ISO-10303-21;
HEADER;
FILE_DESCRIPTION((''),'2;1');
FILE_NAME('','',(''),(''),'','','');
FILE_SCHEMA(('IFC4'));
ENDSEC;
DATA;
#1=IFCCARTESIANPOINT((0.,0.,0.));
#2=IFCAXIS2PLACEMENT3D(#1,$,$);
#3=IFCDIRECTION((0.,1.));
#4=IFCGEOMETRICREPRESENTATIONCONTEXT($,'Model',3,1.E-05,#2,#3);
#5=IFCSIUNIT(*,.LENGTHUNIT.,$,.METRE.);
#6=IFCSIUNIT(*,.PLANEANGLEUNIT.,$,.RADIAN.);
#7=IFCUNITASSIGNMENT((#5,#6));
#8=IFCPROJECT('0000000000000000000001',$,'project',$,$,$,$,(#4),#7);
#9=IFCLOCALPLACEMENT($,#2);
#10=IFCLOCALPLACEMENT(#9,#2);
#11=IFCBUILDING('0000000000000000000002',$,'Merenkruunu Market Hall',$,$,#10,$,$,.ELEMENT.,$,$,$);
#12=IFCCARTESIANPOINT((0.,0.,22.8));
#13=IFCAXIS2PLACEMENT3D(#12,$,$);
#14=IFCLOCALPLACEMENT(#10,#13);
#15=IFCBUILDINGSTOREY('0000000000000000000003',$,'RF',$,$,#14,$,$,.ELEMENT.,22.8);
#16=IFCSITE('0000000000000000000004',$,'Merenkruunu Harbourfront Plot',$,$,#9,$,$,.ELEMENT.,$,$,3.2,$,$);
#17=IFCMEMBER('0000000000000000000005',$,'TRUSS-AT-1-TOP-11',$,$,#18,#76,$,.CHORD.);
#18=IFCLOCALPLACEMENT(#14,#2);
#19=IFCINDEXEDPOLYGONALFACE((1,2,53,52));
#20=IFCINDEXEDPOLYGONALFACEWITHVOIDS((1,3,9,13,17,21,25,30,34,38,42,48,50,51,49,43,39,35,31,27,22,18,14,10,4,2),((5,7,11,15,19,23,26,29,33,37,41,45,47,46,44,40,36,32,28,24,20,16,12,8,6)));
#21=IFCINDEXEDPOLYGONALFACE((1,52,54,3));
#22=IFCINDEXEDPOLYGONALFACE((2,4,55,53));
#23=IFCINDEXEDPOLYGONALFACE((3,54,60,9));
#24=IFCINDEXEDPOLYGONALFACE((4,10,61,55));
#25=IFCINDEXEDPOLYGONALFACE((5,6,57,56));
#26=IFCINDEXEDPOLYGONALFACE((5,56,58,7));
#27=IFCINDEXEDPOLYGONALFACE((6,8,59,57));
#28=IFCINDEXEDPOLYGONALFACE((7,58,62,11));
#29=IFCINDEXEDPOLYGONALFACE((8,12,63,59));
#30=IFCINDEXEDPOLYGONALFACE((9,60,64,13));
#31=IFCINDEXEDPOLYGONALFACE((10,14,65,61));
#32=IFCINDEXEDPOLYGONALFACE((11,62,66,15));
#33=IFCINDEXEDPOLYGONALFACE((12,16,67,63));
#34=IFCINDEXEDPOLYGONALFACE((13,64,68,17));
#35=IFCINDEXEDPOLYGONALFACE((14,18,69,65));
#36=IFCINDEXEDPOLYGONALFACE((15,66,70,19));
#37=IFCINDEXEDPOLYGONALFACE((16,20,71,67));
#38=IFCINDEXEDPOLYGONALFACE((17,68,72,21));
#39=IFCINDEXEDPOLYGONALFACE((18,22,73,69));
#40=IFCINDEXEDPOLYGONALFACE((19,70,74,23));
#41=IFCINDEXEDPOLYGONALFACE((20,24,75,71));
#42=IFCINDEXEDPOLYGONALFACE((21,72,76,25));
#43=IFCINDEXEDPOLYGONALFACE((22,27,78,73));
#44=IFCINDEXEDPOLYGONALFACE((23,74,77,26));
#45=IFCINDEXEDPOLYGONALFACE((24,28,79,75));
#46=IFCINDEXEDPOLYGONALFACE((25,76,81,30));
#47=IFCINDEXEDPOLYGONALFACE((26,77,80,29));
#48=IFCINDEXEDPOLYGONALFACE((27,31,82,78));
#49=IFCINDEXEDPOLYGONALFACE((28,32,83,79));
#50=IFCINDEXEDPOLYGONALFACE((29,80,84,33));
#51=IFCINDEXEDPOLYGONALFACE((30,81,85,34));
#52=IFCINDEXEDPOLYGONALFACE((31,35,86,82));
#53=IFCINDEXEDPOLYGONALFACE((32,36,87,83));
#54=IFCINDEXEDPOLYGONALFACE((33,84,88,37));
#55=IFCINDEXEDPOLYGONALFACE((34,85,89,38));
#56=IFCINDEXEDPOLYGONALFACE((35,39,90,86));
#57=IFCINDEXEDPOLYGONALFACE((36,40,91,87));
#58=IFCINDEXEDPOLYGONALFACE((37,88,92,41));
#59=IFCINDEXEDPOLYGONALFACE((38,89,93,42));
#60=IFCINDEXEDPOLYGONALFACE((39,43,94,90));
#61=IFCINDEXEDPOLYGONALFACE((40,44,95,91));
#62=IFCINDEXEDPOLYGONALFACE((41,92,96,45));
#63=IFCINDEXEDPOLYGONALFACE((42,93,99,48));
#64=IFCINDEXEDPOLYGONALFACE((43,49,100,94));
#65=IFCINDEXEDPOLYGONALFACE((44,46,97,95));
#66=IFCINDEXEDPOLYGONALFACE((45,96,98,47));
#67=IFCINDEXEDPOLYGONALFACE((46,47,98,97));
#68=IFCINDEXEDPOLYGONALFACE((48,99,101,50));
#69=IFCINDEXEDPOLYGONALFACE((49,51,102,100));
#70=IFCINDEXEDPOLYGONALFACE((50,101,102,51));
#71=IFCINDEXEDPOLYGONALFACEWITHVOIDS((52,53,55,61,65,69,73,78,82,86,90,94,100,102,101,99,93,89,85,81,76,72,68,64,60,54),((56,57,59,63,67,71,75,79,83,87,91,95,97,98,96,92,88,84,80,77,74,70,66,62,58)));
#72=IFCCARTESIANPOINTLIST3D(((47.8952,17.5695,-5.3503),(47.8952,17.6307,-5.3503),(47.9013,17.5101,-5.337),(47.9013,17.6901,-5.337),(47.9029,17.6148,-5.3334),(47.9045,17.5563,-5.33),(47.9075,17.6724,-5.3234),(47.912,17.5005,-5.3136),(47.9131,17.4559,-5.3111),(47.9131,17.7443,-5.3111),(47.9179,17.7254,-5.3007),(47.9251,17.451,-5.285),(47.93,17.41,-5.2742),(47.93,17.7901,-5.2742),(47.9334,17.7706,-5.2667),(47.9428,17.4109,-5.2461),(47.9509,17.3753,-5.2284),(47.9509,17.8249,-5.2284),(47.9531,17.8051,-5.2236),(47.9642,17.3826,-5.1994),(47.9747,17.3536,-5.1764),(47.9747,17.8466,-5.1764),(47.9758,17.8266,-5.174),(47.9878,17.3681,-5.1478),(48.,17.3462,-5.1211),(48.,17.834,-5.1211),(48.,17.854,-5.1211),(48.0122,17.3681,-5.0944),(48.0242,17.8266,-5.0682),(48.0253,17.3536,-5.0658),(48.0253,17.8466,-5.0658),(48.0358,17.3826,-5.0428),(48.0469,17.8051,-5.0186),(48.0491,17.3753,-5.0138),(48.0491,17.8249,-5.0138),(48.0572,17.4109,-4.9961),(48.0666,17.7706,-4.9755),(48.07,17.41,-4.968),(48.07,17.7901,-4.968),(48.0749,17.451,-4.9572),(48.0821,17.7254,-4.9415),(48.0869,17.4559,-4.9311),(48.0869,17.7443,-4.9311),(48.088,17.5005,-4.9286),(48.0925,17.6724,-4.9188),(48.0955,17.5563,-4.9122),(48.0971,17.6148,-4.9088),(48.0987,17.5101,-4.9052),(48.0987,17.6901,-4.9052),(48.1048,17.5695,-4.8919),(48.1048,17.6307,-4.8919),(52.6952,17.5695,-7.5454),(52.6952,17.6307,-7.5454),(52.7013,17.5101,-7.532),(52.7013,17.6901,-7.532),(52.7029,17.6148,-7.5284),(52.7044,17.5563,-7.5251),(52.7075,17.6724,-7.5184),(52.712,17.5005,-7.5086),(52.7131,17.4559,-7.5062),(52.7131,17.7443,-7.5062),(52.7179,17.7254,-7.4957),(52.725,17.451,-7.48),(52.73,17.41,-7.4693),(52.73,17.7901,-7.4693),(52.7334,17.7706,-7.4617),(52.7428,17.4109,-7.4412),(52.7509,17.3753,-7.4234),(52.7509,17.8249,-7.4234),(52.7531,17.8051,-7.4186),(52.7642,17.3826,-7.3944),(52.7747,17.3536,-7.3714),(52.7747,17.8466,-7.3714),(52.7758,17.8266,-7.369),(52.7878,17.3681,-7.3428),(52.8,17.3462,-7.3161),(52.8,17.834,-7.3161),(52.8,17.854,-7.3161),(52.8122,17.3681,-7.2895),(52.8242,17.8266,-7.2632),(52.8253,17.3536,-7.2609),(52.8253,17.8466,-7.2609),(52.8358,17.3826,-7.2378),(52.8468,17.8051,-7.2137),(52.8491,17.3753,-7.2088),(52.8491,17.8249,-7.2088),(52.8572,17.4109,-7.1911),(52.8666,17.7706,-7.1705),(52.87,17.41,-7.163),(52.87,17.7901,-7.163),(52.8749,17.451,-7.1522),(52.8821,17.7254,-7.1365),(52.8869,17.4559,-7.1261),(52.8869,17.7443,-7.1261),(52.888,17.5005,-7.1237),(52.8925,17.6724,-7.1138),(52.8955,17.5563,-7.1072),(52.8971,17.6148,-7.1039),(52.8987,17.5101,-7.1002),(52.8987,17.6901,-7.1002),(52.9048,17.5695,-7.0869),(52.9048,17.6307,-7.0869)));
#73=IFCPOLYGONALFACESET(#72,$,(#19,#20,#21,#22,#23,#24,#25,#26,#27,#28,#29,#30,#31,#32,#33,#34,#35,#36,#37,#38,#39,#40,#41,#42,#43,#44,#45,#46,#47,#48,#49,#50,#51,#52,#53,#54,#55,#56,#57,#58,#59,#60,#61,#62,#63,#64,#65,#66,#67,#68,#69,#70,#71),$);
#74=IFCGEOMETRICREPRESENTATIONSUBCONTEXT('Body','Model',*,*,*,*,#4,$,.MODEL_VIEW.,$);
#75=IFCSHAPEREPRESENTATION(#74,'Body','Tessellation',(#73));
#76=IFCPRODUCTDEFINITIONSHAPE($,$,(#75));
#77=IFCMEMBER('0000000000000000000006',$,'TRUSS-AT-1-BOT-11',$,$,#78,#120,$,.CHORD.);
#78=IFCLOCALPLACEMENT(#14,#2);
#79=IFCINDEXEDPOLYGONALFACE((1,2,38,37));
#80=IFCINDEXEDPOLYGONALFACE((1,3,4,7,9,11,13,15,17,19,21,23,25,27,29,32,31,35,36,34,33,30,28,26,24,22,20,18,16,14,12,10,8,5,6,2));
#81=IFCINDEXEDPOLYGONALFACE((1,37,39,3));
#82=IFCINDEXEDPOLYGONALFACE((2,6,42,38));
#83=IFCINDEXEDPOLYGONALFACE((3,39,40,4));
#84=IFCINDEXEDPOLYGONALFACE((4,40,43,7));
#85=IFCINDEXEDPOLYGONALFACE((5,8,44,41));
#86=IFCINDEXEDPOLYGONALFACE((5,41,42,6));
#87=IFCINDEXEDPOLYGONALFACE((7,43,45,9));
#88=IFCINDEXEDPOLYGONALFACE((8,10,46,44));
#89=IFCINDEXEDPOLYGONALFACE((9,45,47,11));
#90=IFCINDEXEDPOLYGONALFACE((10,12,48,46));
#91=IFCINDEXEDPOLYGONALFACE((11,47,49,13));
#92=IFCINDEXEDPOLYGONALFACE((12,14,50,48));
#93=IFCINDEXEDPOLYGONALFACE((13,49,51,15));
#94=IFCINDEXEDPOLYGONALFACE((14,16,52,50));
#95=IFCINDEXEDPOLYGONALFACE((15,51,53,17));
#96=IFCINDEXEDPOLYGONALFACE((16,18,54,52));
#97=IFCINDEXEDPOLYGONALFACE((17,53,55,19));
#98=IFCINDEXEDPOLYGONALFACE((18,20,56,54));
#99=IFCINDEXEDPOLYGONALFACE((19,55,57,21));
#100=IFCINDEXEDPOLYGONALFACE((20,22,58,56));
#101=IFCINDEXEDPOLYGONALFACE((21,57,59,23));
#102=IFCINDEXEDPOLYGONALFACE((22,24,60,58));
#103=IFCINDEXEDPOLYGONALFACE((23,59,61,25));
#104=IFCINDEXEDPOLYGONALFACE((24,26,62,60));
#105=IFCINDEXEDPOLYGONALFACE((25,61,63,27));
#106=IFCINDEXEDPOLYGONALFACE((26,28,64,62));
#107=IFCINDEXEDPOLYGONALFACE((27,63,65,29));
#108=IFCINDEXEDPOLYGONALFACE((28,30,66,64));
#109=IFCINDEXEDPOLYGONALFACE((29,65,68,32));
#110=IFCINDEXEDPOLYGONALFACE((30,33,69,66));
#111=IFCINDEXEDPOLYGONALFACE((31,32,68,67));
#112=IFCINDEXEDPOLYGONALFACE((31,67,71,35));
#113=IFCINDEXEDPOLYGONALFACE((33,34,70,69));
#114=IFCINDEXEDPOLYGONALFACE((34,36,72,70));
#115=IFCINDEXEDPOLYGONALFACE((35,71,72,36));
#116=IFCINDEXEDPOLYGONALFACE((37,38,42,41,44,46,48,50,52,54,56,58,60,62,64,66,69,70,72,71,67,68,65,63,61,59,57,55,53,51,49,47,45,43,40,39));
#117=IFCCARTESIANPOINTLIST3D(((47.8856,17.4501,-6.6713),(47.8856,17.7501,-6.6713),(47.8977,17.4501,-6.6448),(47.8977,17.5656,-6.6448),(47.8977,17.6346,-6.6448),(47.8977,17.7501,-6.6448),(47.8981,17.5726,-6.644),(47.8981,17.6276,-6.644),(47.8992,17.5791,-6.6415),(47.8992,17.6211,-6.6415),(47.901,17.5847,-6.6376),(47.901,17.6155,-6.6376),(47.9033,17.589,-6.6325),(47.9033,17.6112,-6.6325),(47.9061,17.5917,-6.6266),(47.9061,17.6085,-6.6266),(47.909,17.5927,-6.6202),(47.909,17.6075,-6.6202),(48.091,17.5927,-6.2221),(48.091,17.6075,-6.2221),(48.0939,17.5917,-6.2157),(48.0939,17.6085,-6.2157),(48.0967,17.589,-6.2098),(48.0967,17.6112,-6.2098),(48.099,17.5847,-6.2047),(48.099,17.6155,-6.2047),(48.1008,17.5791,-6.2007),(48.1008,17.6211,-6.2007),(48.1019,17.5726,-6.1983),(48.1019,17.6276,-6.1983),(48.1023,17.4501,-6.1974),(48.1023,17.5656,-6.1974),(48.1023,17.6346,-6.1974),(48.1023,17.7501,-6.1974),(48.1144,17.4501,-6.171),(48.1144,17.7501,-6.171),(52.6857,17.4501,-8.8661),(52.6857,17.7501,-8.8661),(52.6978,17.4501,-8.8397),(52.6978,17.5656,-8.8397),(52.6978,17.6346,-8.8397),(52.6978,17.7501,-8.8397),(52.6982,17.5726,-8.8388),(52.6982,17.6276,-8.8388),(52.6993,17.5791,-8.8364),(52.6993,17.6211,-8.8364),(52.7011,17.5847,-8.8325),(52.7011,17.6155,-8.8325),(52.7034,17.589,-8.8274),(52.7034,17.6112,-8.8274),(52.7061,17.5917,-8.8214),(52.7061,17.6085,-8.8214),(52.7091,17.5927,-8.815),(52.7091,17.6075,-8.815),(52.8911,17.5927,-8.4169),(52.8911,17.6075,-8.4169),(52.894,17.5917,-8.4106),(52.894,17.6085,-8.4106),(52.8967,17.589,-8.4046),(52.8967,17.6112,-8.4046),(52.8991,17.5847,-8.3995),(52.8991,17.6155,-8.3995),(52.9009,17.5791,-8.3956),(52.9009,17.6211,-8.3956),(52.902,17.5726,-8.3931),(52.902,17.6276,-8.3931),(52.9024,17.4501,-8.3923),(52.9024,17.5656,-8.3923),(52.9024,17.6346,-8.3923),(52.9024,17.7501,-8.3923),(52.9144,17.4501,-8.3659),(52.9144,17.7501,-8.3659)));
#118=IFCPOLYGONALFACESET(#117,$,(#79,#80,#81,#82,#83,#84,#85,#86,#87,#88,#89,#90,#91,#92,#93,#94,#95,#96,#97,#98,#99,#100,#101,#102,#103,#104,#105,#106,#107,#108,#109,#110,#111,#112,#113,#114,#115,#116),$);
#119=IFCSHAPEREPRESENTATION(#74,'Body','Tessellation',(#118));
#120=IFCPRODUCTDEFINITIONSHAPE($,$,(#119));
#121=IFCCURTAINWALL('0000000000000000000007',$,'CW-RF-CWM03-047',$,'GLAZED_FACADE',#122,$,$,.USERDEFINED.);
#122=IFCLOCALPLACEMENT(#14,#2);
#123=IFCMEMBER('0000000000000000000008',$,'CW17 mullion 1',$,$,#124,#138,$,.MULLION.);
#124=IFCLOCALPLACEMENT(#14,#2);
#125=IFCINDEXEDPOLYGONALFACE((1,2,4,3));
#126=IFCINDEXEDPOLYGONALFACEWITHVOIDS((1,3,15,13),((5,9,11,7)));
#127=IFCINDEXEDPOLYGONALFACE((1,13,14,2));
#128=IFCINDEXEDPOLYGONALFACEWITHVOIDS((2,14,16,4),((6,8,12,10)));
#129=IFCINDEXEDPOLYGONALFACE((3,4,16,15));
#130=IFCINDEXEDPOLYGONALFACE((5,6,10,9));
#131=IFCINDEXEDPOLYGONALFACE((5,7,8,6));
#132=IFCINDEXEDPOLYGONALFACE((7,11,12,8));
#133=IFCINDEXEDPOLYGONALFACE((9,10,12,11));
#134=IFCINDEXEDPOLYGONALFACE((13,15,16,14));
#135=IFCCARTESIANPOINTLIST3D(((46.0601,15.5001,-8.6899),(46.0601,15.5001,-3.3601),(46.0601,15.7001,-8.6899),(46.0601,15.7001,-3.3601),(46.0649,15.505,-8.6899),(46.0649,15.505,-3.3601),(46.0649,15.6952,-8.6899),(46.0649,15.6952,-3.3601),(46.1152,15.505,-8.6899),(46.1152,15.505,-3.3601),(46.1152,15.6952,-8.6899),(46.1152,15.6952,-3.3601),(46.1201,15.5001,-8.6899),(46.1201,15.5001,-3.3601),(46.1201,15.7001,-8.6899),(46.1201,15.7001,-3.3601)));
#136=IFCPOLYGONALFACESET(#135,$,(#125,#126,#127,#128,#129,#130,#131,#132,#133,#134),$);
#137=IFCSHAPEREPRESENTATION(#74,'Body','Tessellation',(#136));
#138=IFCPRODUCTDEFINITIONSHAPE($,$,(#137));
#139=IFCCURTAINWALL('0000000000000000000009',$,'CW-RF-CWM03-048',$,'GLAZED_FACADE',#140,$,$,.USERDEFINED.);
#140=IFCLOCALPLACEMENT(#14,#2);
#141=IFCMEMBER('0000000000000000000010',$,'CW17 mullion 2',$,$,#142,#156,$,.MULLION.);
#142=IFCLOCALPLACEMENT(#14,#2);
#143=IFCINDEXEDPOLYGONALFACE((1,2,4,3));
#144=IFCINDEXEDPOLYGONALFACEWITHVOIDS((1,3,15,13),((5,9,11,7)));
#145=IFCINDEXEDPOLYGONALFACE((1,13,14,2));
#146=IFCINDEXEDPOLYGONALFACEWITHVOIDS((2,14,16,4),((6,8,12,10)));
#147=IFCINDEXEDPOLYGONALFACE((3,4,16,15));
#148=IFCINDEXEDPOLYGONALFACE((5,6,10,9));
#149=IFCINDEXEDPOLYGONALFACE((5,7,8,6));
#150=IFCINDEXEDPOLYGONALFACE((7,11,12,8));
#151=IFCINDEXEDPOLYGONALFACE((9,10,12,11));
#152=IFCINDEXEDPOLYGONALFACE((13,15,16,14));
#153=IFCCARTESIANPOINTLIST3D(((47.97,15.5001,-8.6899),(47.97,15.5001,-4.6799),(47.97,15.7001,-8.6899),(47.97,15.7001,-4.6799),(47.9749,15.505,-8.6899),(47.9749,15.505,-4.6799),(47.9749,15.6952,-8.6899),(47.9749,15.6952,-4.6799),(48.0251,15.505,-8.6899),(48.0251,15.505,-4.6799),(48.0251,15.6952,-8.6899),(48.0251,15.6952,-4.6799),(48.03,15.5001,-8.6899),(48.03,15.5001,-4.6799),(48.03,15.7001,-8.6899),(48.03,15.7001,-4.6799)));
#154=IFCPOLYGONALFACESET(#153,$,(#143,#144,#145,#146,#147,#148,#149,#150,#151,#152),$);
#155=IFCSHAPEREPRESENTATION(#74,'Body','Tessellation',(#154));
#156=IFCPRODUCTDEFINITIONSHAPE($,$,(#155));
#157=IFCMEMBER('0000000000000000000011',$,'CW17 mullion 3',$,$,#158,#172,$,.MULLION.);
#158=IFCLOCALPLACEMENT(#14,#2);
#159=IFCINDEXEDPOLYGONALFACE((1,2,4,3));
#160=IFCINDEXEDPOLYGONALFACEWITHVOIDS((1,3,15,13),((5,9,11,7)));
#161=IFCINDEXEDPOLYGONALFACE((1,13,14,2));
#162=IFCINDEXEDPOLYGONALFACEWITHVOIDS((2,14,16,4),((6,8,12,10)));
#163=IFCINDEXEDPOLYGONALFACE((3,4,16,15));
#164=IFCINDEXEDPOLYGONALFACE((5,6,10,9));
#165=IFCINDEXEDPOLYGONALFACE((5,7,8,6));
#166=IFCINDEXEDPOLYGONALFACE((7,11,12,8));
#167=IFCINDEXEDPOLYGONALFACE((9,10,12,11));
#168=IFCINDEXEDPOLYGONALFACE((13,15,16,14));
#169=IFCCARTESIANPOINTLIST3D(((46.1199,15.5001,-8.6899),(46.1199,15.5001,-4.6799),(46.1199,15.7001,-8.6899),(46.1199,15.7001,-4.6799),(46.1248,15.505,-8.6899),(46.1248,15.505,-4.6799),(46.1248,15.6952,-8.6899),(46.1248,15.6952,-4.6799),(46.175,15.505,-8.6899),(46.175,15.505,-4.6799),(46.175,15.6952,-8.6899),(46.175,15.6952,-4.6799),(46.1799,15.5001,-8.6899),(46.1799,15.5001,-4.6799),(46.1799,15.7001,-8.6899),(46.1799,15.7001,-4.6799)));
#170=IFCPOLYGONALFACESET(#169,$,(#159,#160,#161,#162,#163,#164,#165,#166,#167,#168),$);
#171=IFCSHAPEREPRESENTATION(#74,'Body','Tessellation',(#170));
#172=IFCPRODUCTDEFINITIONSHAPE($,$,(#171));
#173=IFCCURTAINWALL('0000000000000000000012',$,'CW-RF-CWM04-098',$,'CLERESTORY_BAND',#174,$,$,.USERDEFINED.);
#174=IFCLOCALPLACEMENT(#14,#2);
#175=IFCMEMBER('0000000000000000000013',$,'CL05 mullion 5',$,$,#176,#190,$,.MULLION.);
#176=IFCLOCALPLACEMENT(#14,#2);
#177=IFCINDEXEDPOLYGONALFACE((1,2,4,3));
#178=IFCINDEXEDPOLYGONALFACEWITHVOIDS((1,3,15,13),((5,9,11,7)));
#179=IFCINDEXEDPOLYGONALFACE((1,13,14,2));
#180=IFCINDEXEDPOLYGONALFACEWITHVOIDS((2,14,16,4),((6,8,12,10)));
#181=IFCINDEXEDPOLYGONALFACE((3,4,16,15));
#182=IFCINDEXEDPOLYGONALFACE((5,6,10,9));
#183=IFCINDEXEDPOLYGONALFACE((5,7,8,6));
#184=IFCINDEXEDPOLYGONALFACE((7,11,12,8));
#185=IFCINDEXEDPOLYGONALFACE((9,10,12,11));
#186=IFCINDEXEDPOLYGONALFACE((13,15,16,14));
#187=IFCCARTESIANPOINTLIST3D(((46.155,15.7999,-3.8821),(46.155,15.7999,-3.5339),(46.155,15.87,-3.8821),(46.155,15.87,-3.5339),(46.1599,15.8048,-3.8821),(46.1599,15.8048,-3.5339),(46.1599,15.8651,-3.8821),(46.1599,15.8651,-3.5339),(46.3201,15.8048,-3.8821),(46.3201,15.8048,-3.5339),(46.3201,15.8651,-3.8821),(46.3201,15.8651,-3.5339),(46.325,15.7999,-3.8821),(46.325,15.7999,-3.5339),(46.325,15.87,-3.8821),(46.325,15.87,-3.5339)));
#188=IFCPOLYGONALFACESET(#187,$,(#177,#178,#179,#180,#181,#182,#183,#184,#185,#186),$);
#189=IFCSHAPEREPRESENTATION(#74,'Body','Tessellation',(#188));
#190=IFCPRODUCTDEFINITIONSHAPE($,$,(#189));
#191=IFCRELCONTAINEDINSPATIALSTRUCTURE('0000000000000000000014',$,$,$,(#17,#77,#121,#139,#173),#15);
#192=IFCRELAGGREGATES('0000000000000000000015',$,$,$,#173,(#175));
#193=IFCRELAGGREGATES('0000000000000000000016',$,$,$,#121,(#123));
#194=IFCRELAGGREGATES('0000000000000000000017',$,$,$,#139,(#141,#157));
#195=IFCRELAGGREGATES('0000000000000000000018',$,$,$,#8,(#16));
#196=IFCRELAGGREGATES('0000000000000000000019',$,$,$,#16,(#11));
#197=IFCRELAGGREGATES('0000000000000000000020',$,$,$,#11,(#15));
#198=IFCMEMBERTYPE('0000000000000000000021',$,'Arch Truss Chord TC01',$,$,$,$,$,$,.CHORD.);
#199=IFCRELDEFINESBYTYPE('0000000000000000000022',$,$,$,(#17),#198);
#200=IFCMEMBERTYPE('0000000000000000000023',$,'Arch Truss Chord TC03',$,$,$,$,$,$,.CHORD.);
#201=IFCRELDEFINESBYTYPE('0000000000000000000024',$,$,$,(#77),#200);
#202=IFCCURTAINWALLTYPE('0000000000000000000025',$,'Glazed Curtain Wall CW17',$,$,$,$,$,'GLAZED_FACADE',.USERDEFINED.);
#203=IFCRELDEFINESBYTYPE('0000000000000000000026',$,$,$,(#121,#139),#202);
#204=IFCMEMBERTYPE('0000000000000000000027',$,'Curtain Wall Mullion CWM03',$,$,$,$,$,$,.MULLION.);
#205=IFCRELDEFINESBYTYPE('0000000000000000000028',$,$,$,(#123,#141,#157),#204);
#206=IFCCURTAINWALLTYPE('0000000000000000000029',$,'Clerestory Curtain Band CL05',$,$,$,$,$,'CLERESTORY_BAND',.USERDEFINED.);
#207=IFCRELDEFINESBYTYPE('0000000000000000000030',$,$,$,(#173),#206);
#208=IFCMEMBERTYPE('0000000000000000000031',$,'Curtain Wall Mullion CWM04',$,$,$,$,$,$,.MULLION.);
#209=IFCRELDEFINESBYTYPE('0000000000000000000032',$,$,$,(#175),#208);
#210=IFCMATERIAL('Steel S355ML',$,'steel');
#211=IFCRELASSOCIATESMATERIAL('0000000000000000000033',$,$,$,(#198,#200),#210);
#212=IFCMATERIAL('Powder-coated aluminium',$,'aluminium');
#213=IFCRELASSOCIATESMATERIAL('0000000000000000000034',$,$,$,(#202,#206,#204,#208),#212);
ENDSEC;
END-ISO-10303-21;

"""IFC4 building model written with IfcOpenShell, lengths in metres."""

from ifc_helpers import new_model, si_unit, direction, frame, origin, origin_2d, place, context, subcontext, project, spatial, hollow_rectangle, hollow_circle, i_section, extrude, material, material_profile, profile_set, type_object, element, aggregate, save


model = new_model("IFC4")

# Units and contexts
model_context = context("Model", 3, precision=1e-05, world=origin(), true_north=direction((0.0, 1.0)))
body_context = subcontext(model_context, "Body", "Model", "MODEL_VIEW")
ifc_project = project(units=[si_unit("LENGTHUNIT", "METRE"), si_unit("PLANEANGLEUNIT", "RADIAN")], contexts=[model_context])

# Site, building, storey
site_placement = place(None, origin())
site = spatial("IfcSite", under=ifc_project, at=site_placement, Name="Merenkruunu Harbourfront Plot", CompositionType="ELEMENT", RefElevation=3.2)
building_placement = place(site_placement, origin())
building = spatial("IfcBuilding", under=site, at=building_placement, Name="Merenkruunu Market Hall", CompositionType="ELEMENT")
storey_placement = place(building_placement, frame((0.0, 0.0, 22.8)))
storey = spatial("IfcBuildingStorey", under=building, at=storey_placement, Name="RF", CompositionType="ELEMENT", Elevation=22.8)

# Members
ifc_material_1 = material(Name="Steel S355ML", Category="steel")
ifc_material_profile_1 = material_profile(ifc_material_1, hollow_circle(Radius=0.2539, WallThickness=0.02, at=origin_2d()), Name="CHS 508x20")
ifc_profile_set_1 = profile_set([ifc_material_profile_1], Name="Steel S355ML")
member_type_1 = type_object("IfcMemberType", Name="Arch Truss Chord TC01", PredefinedType="CHORD", material=ifc_profile_set_1)
member_1_placement = place(storey_placement, frame((48.0, 17.6001, -5.1211), z_axis=(0.90942, 0.0, -0.415879), x_axis=(0.0, 1.0, 0.0)))
element("IfcMember", 1, at=member_1_placement, inside=storey, type_object=member_type_1, Name="TRUSS-AT-1-TOP-11", PredefinedType="CHORD", context=body_context, shape_type="SweptSolid", body=[
    extrude(hollow_circle(Radius=0.2539, WallThickness=0.02, at=origin_2d()), origin(), (0.0, 0.0, 1.0), 5.2781),
])
ifc_material_profile_2 = material_profile(ifc_material_1, i_section(OverallWidth=0.3, OverallDepth=0.55, WebThickness=0.0149, FlangeThickness=0.0291, FilletRadius=0.0271, at=origin_2d()), Name="HEB 550")
ifc_profile_set_2 = profile_set([ifc_material_profile_2], Name="Steel S355ML")
member_type_2 = type_object("IfcMemberType", Name="Arch Truss Chord TC03", PredefinedType="CHORD", material=ifc_profile_set_2)
member_2_placement = place(storey_placement, frame((48.0, 17.6001, -6.4211), z_axis=(0.909437, 0.0, -0.415841), x_axis=(0.0, 1.0, 0.0)))
element("IfcMember", 2, at=member_2_placement, inside=storey, type_object=member_type_2, Name="TRUSS-AT-1-BOT-11", PredefinedType="CHORD", context=body_context, shape_type="SweptSolid", body=[
    extrude(i_section(OverallWidth=0.3, OverallDepth=0.55, WebThickness=0.0149, FlangeThickness=0.0291, FilletRadius=0.0271, at=origin_2d()), origin(), (0.0, 0.0, 1.0), 5.2781),
])

# Curtain wall, member
ifc_material_2 = material(Name="Powder-coated aluminium", Category="aluminium")
curtain_wall_type_1 = type_object("IfcCurtainWallType", Name="Glazed Curtain Wall CW17", ElementType="GLAZED_FACADE", PredefinedType="USERDEFINED", material=ifc_material_2)
curtain_wall_1_placement = place(storey_placement, origin())
curtain_wall_1 = element("IfcCurtainWall", 3, at=curtain_wall_1_placement, inside=storey, type_object=curtain_wall_type_1, Name="CW-RF-CWM03-047", ObjectType="GLAZED_FACADE", PredefinedType="USERDEFINED")
ifc_material_profile_3 = material_profile(ifc_material_2, hollow_rectangle(XDim=0.0601, YDim=0.2, WallThickness=0.0049, at=origin_2d()), Name="ALU 60x200x5")
ifc_profile_set_3 = profile_set([ifc_material_profile_3], Name="Powder-coated aluminium")
member_type_3 = type_object("IfcMemberType", Name="Curtain Wall Mullion CWM03", PredefinedType="MULLION", material=ifc_profile_set_3)
member_3_placement = place(storey_placement, frame((46.0901, 15.6001, -8.6899), z_axis=(0.0, 0.0, 1.0), x_axis=(-1.0, 0.0, 0.0)))
member_3 = element("IfcMember", 4, at=member_3_placement, type_object=member_type_3, Name="CW17 mullion 1", PredefinedType="MULLION", context=body_context, shape_type="SweptSolid", body=[
    extrude(hollow_rectangle(XDim=0.0601, YDim=0.2, WallThickness=0.0049, at=origin_2d()), origin(), (0.0, 0.0, 1.0), 5.3298),
])

# Curtain wall, members
curtain_wall_2_placement = place(storey_placement, origin())
curtain_wall_2 = element("IfcCurtainWall", 5, at=curtain_wall_2_placement, inside=storey, type_object=curtain_wall_type_1, Name="CW-RF-CWM03-048", ObjectType="GLAZED_FACADE", PredefinedType="USERDEFINED")
member_4_placement = place(storey_placement, frame((48.0, 15.6001, -8.6899), z_axis=(0.0, 0.0, 1.0), x_axis=(-1.0, 0.0, 0.0)))
member_4 = element("IfcMember", 6, at=member_4_placement, type_object=member_type_3, Name="CW17 mullion 2", PredefinedType="MULLION", context=body_context, shape_type="SweptSolid", body=[
    extrude(hollow_rectangle(XDim=0.0601, YDim=0.2, WallThickness=0.0049, at=origin_2d()), origin(), (0.0, 0.0, 1.0), 4.01),
])
member_5_placement = place(storey_placement, frame((46.1499, 15.6001, -8.6899), z_axis=(0.0, 0.0, 1.0), x_axis=(-1.0, 0.0, 0.0)))
member_5 = element("IfcMember", 7, at=member_5_placement, type_object=member_type_3, Name="CW17 mullion 3", PredefinedType="MULLION", context=body_context, shape_type="SweptSolid", body=[
    extrude(hollow_rectangle(XDim=0.0601, YDim=0.2, WallThickness=0.0049, at=origin_2d()), origin(), (0.0, 0.0, 1.0), 4.01),
])

# Curtain wall, member
curtain_wall_type_2 = type_object("IfcCurtainWallType", Name="Clerestory Curtain Band CL05", ElementType="CLERESTORY_BAND", PredefinedType="USERDEFINED", material=ifc_material_2)
curtain_wall_3_placement = place(storey_placement, origin())
curtain_wall_3 = element("IfcCurtainWall", 8, at=curtain_wall_3_placement, inside=storey, type_object=curtain_wall_type_2, Name="CW-RF-CWM04-098", ObjectType="CLERESTORY_BAND", PredefinedType="USERDEFINED")
ifc_material_profile_4 = material_profile(ifc_material_2, hollow_rectangle(XDim=0.0701, YDim=0.1699, WallThickness=0.0049, at=origin_2d()), Name="ALU 70x170x5")
ifc_profile_set_4 = profile_set([ifc_material_profile_4], Name="Powder-coated aluminium")
member_type_4 = type_object("IfcMemberType", Name="Curtain Wall Mullion CWM04", PredefinedType="MULLION", material=ifc_profile_set_4)
member_6_placement = place(storey_placement, frame((46.24, 15.835, -3.8821), z_axis=(0.0, 0.0, 1.0), x_axis=(0.0, -1.0, 0.0)))
member_6 = element("IfcMember", 9, at=member_6_placement, type_object=member_type_4, Name="CL05 mullion 5", PredefinedType="MULLION", context=body_context, shape_type="SweptSolid", body=[
    extrude(hollow_rectangle(XDim=0.0701, YDim=0.1699, WallThickness=0.0049, at=origin_2d()), origin(), (0.0, 0.0, 1.0), 0.3481),
])
aggregate(curtain_wall_3, [member_6])

aggregate(curtain_wall_1, [member_3])
aggregate(curtain_wall_2, [member_4, member_5])

save(model, "model.ifc")
